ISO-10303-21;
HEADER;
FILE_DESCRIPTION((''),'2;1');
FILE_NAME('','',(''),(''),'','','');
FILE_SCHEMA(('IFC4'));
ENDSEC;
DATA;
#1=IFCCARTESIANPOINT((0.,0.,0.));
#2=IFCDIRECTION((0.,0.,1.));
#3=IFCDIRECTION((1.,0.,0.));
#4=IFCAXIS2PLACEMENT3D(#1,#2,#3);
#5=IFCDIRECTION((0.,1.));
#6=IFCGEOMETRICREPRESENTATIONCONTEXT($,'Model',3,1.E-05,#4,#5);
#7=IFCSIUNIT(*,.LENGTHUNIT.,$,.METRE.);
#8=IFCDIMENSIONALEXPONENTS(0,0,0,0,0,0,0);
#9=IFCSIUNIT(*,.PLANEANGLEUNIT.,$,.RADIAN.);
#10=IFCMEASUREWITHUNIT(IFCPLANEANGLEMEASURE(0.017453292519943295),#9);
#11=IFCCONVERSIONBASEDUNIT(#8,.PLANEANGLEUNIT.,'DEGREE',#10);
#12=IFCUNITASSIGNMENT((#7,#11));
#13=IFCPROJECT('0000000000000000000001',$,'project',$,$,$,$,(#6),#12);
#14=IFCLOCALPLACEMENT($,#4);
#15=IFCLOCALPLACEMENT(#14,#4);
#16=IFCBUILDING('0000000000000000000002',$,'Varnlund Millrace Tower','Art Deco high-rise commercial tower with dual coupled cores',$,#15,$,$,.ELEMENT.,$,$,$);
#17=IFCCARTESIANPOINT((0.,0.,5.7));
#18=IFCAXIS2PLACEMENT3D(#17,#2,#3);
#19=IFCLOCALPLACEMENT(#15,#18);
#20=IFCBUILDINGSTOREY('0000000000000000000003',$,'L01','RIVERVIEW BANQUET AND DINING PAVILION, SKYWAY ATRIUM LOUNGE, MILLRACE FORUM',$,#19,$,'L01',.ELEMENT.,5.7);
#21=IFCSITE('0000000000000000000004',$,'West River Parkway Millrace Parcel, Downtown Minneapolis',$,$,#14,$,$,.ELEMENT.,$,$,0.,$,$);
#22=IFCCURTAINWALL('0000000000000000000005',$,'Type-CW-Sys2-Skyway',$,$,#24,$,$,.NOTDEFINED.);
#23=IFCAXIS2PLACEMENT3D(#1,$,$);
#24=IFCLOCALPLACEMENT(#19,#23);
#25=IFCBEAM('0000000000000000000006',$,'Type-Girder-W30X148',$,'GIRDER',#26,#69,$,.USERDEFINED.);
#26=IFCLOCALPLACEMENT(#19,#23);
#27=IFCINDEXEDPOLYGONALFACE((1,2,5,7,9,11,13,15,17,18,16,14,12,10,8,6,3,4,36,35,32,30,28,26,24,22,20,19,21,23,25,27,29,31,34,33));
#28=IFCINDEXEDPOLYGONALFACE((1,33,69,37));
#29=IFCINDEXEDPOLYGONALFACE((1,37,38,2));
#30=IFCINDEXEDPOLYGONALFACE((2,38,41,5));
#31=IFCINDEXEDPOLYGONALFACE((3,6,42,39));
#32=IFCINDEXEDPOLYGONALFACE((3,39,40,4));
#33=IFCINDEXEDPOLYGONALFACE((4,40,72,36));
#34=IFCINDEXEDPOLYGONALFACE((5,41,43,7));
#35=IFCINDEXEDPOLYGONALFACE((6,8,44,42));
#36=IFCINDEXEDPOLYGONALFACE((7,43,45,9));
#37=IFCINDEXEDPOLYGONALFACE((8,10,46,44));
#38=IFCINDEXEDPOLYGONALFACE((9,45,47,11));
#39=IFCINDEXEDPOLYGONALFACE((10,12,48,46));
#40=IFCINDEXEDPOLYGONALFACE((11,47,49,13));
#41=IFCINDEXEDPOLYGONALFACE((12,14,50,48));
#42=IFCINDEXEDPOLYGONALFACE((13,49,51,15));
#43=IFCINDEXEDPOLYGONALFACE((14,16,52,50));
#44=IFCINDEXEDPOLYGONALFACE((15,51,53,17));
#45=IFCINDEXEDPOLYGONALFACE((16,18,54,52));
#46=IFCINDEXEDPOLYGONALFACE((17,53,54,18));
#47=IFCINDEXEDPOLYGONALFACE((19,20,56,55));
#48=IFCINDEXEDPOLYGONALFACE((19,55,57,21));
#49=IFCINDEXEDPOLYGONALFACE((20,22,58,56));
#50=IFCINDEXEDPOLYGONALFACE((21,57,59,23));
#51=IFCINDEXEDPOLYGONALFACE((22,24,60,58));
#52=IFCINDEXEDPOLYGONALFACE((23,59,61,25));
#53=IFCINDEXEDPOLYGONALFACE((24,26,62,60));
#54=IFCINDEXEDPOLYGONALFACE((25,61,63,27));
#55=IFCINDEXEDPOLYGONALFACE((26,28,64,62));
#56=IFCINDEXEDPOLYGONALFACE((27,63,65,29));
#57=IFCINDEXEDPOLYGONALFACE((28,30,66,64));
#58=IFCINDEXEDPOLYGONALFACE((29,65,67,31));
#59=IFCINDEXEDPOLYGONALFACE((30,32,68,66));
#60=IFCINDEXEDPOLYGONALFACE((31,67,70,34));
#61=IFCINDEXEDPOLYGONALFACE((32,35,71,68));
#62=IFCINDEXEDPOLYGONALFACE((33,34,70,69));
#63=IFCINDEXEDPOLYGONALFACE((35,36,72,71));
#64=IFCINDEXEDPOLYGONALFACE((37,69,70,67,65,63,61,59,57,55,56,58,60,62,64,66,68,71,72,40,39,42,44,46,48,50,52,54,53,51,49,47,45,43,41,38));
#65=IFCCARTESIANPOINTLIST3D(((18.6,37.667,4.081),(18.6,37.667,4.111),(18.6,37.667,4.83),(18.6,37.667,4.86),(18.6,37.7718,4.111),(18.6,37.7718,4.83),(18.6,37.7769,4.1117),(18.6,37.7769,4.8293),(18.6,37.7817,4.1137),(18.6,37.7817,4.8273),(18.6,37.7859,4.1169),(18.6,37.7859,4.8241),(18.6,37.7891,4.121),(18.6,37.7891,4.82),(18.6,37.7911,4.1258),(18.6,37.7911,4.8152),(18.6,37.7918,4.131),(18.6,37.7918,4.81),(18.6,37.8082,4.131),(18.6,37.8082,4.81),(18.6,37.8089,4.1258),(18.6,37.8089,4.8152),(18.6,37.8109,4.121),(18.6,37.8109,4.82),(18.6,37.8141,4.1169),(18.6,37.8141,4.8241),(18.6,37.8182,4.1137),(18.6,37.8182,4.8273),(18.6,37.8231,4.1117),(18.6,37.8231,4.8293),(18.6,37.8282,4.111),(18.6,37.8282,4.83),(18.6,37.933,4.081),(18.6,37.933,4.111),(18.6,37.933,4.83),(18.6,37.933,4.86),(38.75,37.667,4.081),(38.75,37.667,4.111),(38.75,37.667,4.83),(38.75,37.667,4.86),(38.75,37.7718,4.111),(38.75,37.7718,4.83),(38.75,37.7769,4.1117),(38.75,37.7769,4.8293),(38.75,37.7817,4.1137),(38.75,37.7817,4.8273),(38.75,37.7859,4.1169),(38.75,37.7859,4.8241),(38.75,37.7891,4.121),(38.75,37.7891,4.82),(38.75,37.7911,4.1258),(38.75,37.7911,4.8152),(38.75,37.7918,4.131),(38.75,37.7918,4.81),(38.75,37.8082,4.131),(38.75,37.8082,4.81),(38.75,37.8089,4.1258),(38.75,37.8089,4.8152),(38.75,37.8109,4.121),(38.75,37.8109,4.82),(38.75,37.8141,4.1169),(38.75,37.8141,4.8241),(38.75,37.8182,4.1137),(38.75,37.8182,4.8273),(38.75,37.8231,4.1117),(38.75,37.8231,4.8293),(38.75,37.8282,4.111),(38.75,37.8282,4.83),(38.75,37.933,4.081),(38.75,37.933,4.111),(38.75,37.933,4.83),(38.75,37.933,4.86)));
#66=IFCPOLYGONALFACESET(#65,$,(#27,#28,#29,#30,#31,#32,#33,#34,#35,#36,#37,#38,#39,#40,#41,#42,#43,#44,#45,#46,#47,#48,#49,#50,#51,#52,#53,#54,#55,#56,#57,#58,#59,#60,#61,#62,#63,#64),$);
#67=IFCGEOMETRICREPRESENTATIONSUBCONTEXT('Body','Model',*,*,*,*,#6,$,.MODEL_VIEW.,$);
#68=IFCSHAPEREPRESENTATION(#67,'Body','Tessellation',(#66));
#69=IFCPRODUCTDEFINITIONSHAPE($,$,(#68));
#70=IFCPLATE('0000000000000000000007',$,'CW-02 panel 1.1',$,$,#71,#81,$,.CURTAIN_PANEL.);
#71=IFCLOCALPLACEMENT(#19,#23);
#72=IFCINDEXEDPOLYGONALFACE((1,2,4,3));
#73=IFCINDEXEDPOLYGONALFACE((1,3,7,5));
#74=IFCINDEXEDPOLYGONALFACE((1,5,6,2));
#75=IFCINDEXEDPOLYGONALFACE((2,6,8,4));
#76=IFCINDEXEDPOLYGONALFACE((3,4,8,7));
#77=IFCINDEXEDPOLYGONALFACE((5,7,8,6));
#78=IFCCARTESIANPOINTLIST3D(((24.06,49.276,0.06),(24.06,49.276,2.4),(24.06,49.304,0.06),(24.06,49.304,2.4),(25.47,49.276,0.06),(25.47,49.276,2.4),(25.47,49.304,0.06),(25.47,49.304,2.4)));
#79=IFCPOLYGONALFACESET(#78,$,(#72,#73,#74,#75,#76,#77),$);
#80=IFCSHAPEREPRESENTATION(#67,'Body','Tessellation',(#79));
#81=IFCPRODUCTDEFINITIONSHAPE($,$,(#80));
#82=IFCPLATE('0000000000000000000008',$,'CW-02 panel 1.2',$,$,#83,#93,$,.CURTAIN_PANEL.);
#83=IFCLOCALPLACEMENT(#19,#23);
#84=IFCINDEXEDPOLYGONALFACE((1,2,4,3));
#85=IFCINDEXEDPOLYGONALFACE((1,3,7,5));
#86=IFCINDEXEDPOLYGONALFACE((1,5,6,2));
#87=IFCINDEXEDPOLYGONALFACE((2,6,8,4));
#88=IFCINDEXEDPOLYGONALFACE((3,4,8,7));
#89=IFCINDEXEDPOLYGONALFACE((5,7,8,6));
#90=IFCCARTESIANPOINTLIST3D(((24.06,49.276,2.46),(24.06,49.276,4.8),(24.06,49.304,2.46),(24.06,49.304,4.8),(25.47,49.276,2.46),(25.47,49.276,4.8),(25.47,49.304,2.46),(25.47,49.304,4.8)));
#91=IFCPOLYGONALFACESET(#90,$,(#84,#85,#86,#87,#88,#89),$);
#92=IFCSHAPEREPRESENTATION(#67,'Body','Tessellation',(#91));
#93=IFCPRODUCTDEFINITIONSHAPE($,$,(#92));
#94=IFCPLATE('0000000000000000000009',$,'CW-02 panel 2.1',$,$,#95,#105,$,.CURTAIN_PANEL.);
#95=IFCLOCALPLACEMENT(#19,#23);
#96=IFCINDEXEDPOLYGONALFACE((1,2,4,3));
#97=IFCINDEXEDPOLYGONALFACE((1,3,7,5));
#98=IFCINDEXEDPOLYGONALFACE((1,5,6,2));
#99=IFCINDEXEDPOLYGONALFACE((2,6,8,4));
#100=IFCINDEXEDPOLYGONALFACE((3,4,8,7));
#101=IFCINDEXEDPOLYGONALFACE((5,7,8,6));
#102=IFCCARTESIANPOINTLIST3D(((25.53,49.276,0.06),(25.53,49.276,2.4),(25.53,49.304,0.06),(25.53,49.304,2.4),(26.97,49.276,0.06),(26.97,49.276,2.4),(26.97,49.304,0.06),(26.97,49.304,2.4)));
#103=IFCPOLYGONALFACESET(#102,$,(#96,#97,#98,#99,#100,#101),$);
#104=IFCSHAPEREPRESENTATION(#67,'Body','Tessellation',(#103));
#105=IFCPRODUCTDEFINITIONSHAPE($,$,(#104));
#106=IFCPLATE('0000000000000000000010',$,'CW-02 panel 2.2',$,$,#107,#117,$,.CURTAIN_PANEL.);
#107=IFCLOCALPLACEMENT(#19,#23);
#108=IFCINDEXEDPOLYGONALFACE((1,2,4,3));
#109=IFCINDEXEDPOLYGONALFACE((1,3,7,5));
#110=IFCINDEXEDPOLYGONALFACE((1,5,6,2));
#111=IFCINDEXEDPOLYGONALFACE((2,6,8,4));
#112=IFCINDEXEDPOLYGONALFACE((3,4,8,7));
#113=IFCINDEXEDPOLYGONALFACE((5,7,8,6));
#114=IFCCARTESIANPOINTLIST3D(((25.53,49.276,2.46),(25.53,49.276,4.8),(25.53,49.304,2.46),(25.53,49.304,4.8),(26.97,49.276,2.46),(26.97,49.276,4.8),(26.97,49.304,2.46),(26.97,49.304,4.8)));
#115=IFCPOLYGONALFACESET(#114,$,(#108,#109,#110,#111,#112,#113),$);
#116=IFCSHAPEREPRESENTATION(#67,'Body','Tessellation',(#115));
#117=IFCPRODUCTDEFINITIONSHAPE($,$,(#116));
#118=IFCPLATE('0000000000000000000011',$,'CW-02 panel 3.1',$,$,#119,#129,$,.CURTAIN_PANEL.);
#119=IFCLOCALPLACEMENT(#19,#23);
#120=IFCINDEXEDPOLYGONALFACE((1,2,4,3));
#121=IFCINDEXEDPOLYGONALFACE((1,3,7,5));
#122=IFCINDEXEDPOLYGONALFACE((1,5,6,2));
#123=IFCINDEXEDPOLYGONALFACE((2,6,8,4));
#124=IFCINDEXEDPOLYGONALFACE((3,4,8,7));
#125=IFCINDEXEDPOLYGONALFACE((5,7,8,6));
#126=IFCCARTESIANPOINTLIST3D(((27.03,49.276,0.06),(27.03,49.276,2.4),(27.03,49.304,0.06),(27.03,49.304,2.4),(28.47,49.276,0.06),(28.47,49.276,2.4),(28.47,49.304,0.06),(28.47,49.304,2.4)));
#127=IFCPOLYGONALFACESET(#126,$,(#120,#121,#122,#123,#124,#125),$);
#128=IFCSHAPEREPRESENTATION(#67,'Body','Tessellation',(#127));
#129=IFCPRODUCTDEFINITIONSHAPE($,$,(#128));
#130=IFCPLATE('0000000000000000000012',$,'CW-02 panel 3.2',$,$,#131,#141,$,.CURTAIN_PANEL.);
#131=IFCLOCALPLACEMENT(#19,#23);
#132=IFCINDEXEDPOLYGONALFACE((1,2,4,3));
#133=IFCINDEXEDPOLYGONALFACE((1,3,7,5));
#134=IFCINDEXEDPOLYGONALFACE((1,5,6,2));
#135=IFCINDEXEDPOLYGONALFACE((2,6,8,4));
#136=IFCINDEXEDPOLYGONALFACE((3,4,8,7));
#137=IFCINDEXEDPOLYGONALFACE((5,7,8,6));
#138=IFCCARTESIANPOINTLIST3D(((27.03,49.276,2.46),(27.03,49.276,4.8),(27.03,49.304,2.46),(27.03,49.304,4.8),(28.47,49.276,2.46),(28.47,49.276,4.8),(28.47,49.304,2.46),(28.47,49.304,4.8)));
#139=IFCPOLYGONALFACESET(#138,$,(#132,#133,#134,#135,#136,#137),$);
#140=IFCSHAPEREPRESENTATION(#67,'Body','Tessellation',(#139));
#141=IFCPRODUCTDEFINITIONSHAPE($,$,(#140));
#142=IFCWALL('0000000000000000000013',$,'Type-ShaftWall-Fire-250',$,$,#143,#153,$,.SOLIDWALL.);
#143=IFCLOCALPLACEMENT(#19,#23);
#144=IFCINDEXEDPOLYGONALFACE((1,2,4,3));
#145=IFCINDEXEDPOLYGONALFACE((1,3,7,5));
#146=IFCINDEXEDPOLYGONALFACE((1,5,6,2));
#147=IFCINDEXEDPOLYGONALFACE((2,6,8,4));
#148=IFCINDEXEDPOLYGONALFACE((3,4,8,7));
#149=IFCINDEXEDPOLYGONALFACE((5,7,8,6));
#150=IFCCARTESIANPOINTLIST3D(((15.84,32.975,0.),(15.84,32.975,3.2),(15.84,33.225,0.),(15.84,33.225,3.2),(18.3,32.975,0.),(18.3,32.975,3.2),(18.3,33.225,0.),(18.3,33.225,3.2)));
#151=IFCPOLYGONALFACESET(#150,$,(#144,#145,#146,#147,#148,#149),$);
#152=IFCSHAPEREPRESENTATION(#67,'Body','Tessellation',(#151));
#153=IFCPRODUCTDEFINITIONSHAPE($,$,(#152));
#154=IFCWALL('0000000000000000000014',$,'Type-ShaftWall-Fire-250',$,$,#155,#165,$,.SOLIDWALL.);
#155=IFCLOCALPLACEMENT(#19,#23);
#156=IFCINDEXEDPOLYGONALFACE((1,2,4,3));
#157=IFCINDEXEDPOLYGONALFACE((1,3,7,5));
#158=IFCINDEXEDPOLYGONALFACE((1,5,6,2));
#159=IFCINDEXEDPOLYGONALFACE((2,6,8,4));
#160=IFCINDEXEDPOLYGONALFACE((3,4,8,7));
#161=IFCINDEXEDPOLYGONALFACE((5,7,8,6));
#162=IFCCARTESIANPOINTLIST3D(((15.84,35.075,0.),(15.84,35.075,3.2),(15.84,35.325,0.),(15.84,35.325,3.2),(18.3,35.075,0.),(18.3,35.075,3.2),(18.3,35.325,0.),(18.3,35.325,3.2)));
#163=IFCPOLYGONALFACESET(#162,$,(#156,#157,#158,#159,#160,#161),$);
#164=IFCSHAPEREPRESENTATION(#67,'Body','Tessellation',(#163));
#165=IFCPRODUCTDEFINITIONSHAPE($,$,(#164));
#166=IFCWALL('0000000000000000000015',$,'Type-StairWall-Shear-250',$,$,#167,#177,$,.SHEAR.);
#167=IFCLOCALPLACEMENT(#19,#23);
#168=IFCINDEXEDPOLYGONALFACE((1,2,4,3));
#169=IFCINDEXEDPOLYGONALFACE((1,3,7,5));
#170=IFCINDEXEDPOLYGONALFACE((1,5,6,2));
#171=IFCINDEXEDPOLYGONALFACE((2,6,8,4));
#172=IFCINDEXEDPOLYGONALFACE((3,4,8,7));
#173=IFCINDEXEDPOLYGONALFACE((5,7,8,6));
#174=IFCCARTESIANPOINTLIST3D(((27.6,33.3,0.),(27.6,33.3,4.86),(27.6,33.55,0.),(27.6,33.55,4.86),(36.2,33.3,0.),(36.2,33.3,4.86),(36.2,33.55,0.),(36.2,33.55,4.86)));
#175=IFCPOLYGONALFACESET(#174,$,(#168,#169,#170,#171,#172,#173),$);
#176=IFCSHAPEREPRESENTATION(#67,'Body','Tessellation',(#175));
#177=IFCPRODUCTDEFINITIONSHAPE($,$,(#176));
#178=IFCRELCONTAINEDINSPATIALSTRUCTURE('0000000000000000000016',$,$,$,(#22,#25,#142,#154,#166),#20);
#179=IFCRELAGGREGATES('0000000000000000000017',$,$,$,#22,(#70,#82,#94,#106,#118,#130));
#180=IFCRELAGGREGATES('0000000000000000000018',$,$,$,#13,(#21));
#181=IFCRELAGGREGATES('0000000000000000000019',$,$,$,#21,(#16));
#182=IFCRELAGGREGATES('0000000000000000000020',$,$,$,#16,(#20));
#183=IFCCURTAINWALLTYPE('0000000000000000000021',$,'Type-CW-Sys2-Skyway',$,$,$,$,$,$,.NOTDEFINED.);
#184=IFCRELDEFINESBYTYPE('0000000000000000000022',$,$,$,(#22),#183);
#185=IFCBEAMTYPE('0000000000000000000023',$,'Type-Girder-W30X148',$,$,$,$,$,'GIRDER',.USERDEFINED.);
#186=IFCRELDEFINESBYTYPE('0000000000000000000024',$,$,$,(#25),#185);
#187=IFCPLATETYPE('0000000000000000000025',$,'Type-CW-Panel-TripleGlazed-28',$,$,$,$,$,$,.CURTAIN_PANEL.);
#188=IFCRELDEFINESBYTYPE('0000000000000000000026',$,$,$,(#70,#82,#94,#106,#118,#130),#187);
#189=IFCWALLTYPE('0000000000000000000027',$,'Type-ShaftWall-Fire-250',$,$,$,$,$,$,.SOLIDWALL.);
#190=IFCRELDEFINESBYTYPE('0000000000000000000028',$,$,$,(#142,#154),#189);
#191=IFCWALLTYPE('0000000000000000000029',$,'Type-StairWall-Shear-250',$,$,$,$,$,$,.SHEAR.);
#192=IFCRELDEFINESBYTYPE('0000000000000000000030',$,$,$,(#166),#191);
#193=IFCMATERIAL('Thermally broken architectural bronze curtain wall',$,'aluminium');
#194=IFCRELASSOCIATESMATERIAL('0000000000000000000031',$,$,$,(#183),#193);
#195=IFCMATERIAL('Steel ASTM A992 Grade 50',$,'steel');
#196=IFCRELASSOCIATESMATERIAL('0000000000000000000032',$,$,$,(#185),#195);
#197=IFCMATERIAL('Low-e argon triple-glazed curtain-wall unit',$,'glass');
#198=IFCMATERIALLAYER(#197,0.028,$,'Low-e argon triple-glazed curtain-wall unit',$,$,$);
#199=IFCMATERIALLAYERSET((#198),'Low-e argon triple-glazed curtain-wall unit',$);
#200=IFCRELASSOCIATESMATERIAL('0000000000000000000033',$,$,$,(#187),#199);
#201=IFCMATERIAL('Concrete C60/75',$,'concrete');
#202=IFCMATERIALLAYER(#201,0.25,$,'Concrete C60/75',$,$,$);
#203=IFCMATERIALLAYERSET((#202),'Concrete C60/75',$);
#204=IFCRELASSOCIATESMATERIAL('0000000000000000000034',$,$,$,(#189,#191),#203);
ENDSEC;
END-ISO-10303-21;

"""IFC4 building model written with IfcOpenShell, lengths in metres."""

from ifc_helpers import new_model, entity, si_unit, converted_unit, direction, frame, origin_with_axes, origin_2d_with_axis, place, context, subcontext, project, spatial, polyline, rectangle, i_section, outline, extrude, material, layer, layer_set, material_profile, profile_set, type_object, element, aggregate, save


model = new_model("IFC4")

# Units and contexts
model_context = context("Model", 3, precision=1e-05, world=origin_with_axes(), true_north=direction((0.0, 1.0)))
body_context = subcontext(model_context, "Body", "Model", "MODEL_VIEW")
ifc_project = project(units=[si_unit("LENGTHUNIT", "METRE"), converted_unit("PLANEANGLEUNIT", "DEGREE", entity("IfcPlaneAngleMeasure", 0.017453292519943295), si_unit("PLANEANGLEUNIT", "RADIAN"), dimensions=[0, 0, 0, 0, 0, 0, 0])], contexts=[model_context])

# Site, building, storey
site_placement = place(None, origin_with_axes())
site = spatial("IfcSite", under=ifc_project, at=site_placement, Name="West River Parkway Millrace Parcel, Downtown Minneapolis", CompositionType="ELEMENT", RefElevation=0.0)
building_placement = place(site_placement, origin_with_axes())
building = spatial("IfcBuilding", under=site, at=building_placement, Name="Varnlund Millrace Tower", Description="Art Deco high-rise commercial tower with dual coupled cores", CompositionType="ELEMENT")
storey_placement = place(building_placement, frame((0.0, 0.0, 5.7), z_axis=(0.0, 0.0, 1.0), x_axis=(1.0, 0.0, 0.0)))
storey = spatial("IfcBuildingStorey", under=building, at=storey_placement, Name="L01", Description="RIVERVIEW BANQUET AND DINING PAVILION, SKYWAY ATRIUM LOUNGE, MILLRACE FORUM", LongName="L01", CompositionType="ELEMENT", Elevation=5.7)

# Curtain wall
ifc_material_1 = material(Name="Thermally broken architectural bronze curtain wall", Category="aluminium")
curtain_wall_type = type_object("IfcCurtainWallType", Name="Type-CW-Sys2-Skyway", PredefinedType="NOTDEFINED", material=ifc_material_1)
curtain_wall_placement = place(storey_placement, frame((24.0, 49.29, 0.0), z_axis=(0.0, 0.0, 1.0), x_axis=(1.0, 0.0, 0.0)))
curtain_wall = element("IfcCurtainWall", 1, at=curtain_wall_placement, inside=storey, type_object=curtain_wall_type, Name="Type-CW-Sys2-Skyway", PredefinedType="NOTDEFINED")

# Beam
ifc_material_2 = material(Name="Steel ASTM A992 Grade 50", Category="steel")
ifc_material_profile_1 = material_profile(ifc_material_2, i_section(OverallWidth=0.266, OverallDepth=0.779, WebThickness=0.0165, FlangeThickness=0.03, FilletRadius=0.02, at=origin_2d_with_axis()), Name="Steel ASTM A992 Grade 50")
ifc_profile_set_1 = profile_set([ifc_material_profile_1], Name="Steel ASTM A992 Grade 50")
beam_type_1 = type_object("IfcBeamType", Name="Type-Girder-W30X148", ElementType="GIRDER", PredefinedType="USERDEFINED", material=ifc_profile_set_1)
beam_1_placement = place(storey_placement, frame((18.6, 37.8, 4.4705), z_axis=(1.0, 0.0, 0.0), x_axis=(0.0, 1.0, 0.0)))
element("IfcBeam", 2, at=beam_1_placement, inside=storey, type_object=beam_type_1, Name="Type-Girder-W30X148", ObjectType="GIRDER", PredefinedType="USERDEFINED", context=body_context, shape_type="SweptSolid", body=[
    extrude(i_section(OverallWidth=0.266, OverallDepth=0.779, WebThickness=0.0165, FlangeThickness=0.03, FilletRadius=0.02, at=origin_2d_with_axis()), origin_with_axes(), (0.0, 0.0, 1.0), 20.15),
])

# Plates
ifc_material_3 = material(Name="Low-e argon triple-glazed curtain-wall unit", Category="glass")
ifc_layer_1 = layer(ifc_material_3, 0.028, Name="Low-e argon triple-glazed curtain-wall unit")
ifc_layer_set_1 = layer_set([ifc_layer_1], Name="Low-e argon triple-glazed curtain-wall unit")
plate_type = type_object("IfcPlateType", Name="Type-CW-Panel-TripleGlazed-28", PredefinedType="CURTAIN_PANEL", material=ifc_layer_set_1)
plate_1_placement = place(storey_placement, frame((24.765, 49.29, 0.06), z_axis=(0.0, 0.0, 1.0), x_axis=(1.0, 0.0, 0.0)))
plate_1 = element("IfcPlate", 3, at=plate_1_placement, type_object=plate_type, Name="CW-02 panel 1.1", PredefinedType="CURTAIN_PANEL", context=body_context, shape_type="SweptSolid", body=[
    extrude(rectangle(XDim=1.41, YDim=0.028, at=origin_2d_with_axis()), origin_with_axes(), (0.0, 0.0, 1.0), 2.34),
])
plate_2_placement = place(storey_placement, frame((24.765, 49.29, 2.46), z_axis=(0.0, 0.0, 1.0), x_axis=(1.0, 0.0, 0.0)))
plate_2 = element("IfcPlate", 4, at=plate_2_placement, type_object=plate_type, Name="CW-02 panel 1.2", PredefinedType="CURTAIN_PANEL", context=body_context, shape_type="SweptSolid", body=[
    extrude(rectangle(XDim=1.41, YDim=0.028, at=origin_2d_with_axis()), origin_with_axes(), (0.0, 0.0, 1.0), 2.34),
])
plate_3_placement = place(storey_placement, frame((26.25, 49.29, 0.06), z_axis=(0.0, 0.0, 1.0), x_axis=(1.0, 0.0, 0.0)))
plate_3 = element("IfcPlate", 5, at=plate_3_placement, type_object=plate_type, Name="CW-02 panel 2.1", PredefinedType="CURTAIN_PANEL", context=body_context, shape_type="SweptSolid", body=[
    extrude(rectangle(XDim=1.44, YDim=0.028, at=origin_2d_with_axis()), origin_with_axes(), (0.0, 0.0, 1.0), 2.34),
])
plate_4_placement = place(storey_placement, frame((26.25, 49.29, 2.46), z_axis=(0.0, 0.0, 1.0), x_axis=(1.0, 0.0, 0.0)))
plate_4 = element("IfcPlate", 6, at=plate_4_placement, type_object=plate_type, Name="CW-02 panel 2.2", PredefinedType="CURTAIN_PANEL", context=body_context, shape_type="SweptSolid", body=[
    extrude(rectangle(XDim=1.44, YDim=0.028, at=origin_2d_with_axis()), origin_with_axes(), (0.0, 0.0, 1.0), 2.34),
])
plate_5_placement = place(storey_placement, frame((27.75, 49.29, 0.06), z_axis=(0.0, 0.0, 1.0), x_axis=(1.0, 0.0, 0.0)))
plate_5 = element("IfcPlate", 7, at=plate_5_placement, type_object=plate_type, Name="CW-02 panel 3.1", PredefinedType="CURTAIN_PANEL", context=body_context, shape_type="SweptSolid", body=[
    extrude(rectangle(XDim=1.44, YDim=0.028, at=origin_2d_with_axis()), origin_with_axes(), (0.0, 0.0, 1.0), 2.34),
])
plate_6_placement = place(storey_placement, frame((27.75, 49.29, 2.46), z_axis=(0.0, 0.0, 1.0), x_axis=(1.0, 0.0, 0.0)))
plate_6 = element("IfcPlate", 8, at=plate_6_placement, type_object=plate_type, Name="CW-02 panel 3.2", PredefinedType="CURTAIN_PANEL", context=body_context, shape_type="SweptSolid", body=[
    extrude(rectangle(XDim=1.44, YDim=0.028, at=origin_2d_with_axis()), origin_with_axes(), (0.0, 0.0, 1.0), 2.34),
])
aggregate(curtain_wall, [plate_1, plate_2, plate_3, plate_4, plate_5, plate_6])

# Walls
ifc_material_4 = material(Name="Concrete C60/75", Category="concrete")
ifc_layer_2 = layer(ifc_material_4, 0.25, Name="Concrete C60/75")
ifc_layer_set_2 = layer_set([ifc_layer_2], Name="Concrete C60/75")
wall_type_1 = type_object("IfcWallType", Name="Type-ShaftWall-Fire-250", PredefinedType="SOLIDWALL", material=ifc_layer_set_2)
for number, where, z_axis, x_axis, name in (
    (9, (15.84, 33.1, 0.0), (0.0, 0.0, 1.0), (1.0, 0.0, 0.0), "Type-ShaftWall-Fire-250"),
    (10, (15.84, 35.2, 0.0), (0.0, 0.0, 1.0), (1.0, 0.0, 0.0), "Type-ShaftWall-Fire-250"),
):
    element("IfcWall", number, at=place(storey_placement, frame(where, z_axis=z_axis, x_axis=x_axis)), inside=storey, type_object=wall_type_1, Name=name, PredefinedType="SOLIDWALL", context=body_context, shape_type="SweptSolid", body=[
        extrude(outline(polyline([(0.0, -0.125), (2.46, -0.125), (2.46, 0.125), (0.0, 0.125), (0.0, -0.125)])), origin_with_axes(), (0.0, 0.0, 1.0), 3.2),
    ])
wall_type_2 = type_object("IfcWallType", Name="Type-StairWall-Shear-250", PredefinedType="SHEAR", material=ifc_layer_set_2)
wall_placement = place(storey_placement, frame((27.6, 33.425, 0.0), z_axis=(0.0, 0.0, 1.0), x_axis=(1.0, 0.0, 0.0)))
element("IfcWall", 11, at=wall_placement, inside=storey, type_object=wall_type_2, Name="Type-StairWall-Shear-250", PredefinedType="SHEAR", context=body_context, shape_type="SweptSolid", body=[
    extrude(outline(polyline([(0.0, -0.125), (8.6, -0.125), (8.6, 0.125), (0.0, 0.125), (0.0, -0.125)])), origin_with_axes(), (0.0, 0.0, 1.0), 4.86),
])

save(model, "model.ifc")
